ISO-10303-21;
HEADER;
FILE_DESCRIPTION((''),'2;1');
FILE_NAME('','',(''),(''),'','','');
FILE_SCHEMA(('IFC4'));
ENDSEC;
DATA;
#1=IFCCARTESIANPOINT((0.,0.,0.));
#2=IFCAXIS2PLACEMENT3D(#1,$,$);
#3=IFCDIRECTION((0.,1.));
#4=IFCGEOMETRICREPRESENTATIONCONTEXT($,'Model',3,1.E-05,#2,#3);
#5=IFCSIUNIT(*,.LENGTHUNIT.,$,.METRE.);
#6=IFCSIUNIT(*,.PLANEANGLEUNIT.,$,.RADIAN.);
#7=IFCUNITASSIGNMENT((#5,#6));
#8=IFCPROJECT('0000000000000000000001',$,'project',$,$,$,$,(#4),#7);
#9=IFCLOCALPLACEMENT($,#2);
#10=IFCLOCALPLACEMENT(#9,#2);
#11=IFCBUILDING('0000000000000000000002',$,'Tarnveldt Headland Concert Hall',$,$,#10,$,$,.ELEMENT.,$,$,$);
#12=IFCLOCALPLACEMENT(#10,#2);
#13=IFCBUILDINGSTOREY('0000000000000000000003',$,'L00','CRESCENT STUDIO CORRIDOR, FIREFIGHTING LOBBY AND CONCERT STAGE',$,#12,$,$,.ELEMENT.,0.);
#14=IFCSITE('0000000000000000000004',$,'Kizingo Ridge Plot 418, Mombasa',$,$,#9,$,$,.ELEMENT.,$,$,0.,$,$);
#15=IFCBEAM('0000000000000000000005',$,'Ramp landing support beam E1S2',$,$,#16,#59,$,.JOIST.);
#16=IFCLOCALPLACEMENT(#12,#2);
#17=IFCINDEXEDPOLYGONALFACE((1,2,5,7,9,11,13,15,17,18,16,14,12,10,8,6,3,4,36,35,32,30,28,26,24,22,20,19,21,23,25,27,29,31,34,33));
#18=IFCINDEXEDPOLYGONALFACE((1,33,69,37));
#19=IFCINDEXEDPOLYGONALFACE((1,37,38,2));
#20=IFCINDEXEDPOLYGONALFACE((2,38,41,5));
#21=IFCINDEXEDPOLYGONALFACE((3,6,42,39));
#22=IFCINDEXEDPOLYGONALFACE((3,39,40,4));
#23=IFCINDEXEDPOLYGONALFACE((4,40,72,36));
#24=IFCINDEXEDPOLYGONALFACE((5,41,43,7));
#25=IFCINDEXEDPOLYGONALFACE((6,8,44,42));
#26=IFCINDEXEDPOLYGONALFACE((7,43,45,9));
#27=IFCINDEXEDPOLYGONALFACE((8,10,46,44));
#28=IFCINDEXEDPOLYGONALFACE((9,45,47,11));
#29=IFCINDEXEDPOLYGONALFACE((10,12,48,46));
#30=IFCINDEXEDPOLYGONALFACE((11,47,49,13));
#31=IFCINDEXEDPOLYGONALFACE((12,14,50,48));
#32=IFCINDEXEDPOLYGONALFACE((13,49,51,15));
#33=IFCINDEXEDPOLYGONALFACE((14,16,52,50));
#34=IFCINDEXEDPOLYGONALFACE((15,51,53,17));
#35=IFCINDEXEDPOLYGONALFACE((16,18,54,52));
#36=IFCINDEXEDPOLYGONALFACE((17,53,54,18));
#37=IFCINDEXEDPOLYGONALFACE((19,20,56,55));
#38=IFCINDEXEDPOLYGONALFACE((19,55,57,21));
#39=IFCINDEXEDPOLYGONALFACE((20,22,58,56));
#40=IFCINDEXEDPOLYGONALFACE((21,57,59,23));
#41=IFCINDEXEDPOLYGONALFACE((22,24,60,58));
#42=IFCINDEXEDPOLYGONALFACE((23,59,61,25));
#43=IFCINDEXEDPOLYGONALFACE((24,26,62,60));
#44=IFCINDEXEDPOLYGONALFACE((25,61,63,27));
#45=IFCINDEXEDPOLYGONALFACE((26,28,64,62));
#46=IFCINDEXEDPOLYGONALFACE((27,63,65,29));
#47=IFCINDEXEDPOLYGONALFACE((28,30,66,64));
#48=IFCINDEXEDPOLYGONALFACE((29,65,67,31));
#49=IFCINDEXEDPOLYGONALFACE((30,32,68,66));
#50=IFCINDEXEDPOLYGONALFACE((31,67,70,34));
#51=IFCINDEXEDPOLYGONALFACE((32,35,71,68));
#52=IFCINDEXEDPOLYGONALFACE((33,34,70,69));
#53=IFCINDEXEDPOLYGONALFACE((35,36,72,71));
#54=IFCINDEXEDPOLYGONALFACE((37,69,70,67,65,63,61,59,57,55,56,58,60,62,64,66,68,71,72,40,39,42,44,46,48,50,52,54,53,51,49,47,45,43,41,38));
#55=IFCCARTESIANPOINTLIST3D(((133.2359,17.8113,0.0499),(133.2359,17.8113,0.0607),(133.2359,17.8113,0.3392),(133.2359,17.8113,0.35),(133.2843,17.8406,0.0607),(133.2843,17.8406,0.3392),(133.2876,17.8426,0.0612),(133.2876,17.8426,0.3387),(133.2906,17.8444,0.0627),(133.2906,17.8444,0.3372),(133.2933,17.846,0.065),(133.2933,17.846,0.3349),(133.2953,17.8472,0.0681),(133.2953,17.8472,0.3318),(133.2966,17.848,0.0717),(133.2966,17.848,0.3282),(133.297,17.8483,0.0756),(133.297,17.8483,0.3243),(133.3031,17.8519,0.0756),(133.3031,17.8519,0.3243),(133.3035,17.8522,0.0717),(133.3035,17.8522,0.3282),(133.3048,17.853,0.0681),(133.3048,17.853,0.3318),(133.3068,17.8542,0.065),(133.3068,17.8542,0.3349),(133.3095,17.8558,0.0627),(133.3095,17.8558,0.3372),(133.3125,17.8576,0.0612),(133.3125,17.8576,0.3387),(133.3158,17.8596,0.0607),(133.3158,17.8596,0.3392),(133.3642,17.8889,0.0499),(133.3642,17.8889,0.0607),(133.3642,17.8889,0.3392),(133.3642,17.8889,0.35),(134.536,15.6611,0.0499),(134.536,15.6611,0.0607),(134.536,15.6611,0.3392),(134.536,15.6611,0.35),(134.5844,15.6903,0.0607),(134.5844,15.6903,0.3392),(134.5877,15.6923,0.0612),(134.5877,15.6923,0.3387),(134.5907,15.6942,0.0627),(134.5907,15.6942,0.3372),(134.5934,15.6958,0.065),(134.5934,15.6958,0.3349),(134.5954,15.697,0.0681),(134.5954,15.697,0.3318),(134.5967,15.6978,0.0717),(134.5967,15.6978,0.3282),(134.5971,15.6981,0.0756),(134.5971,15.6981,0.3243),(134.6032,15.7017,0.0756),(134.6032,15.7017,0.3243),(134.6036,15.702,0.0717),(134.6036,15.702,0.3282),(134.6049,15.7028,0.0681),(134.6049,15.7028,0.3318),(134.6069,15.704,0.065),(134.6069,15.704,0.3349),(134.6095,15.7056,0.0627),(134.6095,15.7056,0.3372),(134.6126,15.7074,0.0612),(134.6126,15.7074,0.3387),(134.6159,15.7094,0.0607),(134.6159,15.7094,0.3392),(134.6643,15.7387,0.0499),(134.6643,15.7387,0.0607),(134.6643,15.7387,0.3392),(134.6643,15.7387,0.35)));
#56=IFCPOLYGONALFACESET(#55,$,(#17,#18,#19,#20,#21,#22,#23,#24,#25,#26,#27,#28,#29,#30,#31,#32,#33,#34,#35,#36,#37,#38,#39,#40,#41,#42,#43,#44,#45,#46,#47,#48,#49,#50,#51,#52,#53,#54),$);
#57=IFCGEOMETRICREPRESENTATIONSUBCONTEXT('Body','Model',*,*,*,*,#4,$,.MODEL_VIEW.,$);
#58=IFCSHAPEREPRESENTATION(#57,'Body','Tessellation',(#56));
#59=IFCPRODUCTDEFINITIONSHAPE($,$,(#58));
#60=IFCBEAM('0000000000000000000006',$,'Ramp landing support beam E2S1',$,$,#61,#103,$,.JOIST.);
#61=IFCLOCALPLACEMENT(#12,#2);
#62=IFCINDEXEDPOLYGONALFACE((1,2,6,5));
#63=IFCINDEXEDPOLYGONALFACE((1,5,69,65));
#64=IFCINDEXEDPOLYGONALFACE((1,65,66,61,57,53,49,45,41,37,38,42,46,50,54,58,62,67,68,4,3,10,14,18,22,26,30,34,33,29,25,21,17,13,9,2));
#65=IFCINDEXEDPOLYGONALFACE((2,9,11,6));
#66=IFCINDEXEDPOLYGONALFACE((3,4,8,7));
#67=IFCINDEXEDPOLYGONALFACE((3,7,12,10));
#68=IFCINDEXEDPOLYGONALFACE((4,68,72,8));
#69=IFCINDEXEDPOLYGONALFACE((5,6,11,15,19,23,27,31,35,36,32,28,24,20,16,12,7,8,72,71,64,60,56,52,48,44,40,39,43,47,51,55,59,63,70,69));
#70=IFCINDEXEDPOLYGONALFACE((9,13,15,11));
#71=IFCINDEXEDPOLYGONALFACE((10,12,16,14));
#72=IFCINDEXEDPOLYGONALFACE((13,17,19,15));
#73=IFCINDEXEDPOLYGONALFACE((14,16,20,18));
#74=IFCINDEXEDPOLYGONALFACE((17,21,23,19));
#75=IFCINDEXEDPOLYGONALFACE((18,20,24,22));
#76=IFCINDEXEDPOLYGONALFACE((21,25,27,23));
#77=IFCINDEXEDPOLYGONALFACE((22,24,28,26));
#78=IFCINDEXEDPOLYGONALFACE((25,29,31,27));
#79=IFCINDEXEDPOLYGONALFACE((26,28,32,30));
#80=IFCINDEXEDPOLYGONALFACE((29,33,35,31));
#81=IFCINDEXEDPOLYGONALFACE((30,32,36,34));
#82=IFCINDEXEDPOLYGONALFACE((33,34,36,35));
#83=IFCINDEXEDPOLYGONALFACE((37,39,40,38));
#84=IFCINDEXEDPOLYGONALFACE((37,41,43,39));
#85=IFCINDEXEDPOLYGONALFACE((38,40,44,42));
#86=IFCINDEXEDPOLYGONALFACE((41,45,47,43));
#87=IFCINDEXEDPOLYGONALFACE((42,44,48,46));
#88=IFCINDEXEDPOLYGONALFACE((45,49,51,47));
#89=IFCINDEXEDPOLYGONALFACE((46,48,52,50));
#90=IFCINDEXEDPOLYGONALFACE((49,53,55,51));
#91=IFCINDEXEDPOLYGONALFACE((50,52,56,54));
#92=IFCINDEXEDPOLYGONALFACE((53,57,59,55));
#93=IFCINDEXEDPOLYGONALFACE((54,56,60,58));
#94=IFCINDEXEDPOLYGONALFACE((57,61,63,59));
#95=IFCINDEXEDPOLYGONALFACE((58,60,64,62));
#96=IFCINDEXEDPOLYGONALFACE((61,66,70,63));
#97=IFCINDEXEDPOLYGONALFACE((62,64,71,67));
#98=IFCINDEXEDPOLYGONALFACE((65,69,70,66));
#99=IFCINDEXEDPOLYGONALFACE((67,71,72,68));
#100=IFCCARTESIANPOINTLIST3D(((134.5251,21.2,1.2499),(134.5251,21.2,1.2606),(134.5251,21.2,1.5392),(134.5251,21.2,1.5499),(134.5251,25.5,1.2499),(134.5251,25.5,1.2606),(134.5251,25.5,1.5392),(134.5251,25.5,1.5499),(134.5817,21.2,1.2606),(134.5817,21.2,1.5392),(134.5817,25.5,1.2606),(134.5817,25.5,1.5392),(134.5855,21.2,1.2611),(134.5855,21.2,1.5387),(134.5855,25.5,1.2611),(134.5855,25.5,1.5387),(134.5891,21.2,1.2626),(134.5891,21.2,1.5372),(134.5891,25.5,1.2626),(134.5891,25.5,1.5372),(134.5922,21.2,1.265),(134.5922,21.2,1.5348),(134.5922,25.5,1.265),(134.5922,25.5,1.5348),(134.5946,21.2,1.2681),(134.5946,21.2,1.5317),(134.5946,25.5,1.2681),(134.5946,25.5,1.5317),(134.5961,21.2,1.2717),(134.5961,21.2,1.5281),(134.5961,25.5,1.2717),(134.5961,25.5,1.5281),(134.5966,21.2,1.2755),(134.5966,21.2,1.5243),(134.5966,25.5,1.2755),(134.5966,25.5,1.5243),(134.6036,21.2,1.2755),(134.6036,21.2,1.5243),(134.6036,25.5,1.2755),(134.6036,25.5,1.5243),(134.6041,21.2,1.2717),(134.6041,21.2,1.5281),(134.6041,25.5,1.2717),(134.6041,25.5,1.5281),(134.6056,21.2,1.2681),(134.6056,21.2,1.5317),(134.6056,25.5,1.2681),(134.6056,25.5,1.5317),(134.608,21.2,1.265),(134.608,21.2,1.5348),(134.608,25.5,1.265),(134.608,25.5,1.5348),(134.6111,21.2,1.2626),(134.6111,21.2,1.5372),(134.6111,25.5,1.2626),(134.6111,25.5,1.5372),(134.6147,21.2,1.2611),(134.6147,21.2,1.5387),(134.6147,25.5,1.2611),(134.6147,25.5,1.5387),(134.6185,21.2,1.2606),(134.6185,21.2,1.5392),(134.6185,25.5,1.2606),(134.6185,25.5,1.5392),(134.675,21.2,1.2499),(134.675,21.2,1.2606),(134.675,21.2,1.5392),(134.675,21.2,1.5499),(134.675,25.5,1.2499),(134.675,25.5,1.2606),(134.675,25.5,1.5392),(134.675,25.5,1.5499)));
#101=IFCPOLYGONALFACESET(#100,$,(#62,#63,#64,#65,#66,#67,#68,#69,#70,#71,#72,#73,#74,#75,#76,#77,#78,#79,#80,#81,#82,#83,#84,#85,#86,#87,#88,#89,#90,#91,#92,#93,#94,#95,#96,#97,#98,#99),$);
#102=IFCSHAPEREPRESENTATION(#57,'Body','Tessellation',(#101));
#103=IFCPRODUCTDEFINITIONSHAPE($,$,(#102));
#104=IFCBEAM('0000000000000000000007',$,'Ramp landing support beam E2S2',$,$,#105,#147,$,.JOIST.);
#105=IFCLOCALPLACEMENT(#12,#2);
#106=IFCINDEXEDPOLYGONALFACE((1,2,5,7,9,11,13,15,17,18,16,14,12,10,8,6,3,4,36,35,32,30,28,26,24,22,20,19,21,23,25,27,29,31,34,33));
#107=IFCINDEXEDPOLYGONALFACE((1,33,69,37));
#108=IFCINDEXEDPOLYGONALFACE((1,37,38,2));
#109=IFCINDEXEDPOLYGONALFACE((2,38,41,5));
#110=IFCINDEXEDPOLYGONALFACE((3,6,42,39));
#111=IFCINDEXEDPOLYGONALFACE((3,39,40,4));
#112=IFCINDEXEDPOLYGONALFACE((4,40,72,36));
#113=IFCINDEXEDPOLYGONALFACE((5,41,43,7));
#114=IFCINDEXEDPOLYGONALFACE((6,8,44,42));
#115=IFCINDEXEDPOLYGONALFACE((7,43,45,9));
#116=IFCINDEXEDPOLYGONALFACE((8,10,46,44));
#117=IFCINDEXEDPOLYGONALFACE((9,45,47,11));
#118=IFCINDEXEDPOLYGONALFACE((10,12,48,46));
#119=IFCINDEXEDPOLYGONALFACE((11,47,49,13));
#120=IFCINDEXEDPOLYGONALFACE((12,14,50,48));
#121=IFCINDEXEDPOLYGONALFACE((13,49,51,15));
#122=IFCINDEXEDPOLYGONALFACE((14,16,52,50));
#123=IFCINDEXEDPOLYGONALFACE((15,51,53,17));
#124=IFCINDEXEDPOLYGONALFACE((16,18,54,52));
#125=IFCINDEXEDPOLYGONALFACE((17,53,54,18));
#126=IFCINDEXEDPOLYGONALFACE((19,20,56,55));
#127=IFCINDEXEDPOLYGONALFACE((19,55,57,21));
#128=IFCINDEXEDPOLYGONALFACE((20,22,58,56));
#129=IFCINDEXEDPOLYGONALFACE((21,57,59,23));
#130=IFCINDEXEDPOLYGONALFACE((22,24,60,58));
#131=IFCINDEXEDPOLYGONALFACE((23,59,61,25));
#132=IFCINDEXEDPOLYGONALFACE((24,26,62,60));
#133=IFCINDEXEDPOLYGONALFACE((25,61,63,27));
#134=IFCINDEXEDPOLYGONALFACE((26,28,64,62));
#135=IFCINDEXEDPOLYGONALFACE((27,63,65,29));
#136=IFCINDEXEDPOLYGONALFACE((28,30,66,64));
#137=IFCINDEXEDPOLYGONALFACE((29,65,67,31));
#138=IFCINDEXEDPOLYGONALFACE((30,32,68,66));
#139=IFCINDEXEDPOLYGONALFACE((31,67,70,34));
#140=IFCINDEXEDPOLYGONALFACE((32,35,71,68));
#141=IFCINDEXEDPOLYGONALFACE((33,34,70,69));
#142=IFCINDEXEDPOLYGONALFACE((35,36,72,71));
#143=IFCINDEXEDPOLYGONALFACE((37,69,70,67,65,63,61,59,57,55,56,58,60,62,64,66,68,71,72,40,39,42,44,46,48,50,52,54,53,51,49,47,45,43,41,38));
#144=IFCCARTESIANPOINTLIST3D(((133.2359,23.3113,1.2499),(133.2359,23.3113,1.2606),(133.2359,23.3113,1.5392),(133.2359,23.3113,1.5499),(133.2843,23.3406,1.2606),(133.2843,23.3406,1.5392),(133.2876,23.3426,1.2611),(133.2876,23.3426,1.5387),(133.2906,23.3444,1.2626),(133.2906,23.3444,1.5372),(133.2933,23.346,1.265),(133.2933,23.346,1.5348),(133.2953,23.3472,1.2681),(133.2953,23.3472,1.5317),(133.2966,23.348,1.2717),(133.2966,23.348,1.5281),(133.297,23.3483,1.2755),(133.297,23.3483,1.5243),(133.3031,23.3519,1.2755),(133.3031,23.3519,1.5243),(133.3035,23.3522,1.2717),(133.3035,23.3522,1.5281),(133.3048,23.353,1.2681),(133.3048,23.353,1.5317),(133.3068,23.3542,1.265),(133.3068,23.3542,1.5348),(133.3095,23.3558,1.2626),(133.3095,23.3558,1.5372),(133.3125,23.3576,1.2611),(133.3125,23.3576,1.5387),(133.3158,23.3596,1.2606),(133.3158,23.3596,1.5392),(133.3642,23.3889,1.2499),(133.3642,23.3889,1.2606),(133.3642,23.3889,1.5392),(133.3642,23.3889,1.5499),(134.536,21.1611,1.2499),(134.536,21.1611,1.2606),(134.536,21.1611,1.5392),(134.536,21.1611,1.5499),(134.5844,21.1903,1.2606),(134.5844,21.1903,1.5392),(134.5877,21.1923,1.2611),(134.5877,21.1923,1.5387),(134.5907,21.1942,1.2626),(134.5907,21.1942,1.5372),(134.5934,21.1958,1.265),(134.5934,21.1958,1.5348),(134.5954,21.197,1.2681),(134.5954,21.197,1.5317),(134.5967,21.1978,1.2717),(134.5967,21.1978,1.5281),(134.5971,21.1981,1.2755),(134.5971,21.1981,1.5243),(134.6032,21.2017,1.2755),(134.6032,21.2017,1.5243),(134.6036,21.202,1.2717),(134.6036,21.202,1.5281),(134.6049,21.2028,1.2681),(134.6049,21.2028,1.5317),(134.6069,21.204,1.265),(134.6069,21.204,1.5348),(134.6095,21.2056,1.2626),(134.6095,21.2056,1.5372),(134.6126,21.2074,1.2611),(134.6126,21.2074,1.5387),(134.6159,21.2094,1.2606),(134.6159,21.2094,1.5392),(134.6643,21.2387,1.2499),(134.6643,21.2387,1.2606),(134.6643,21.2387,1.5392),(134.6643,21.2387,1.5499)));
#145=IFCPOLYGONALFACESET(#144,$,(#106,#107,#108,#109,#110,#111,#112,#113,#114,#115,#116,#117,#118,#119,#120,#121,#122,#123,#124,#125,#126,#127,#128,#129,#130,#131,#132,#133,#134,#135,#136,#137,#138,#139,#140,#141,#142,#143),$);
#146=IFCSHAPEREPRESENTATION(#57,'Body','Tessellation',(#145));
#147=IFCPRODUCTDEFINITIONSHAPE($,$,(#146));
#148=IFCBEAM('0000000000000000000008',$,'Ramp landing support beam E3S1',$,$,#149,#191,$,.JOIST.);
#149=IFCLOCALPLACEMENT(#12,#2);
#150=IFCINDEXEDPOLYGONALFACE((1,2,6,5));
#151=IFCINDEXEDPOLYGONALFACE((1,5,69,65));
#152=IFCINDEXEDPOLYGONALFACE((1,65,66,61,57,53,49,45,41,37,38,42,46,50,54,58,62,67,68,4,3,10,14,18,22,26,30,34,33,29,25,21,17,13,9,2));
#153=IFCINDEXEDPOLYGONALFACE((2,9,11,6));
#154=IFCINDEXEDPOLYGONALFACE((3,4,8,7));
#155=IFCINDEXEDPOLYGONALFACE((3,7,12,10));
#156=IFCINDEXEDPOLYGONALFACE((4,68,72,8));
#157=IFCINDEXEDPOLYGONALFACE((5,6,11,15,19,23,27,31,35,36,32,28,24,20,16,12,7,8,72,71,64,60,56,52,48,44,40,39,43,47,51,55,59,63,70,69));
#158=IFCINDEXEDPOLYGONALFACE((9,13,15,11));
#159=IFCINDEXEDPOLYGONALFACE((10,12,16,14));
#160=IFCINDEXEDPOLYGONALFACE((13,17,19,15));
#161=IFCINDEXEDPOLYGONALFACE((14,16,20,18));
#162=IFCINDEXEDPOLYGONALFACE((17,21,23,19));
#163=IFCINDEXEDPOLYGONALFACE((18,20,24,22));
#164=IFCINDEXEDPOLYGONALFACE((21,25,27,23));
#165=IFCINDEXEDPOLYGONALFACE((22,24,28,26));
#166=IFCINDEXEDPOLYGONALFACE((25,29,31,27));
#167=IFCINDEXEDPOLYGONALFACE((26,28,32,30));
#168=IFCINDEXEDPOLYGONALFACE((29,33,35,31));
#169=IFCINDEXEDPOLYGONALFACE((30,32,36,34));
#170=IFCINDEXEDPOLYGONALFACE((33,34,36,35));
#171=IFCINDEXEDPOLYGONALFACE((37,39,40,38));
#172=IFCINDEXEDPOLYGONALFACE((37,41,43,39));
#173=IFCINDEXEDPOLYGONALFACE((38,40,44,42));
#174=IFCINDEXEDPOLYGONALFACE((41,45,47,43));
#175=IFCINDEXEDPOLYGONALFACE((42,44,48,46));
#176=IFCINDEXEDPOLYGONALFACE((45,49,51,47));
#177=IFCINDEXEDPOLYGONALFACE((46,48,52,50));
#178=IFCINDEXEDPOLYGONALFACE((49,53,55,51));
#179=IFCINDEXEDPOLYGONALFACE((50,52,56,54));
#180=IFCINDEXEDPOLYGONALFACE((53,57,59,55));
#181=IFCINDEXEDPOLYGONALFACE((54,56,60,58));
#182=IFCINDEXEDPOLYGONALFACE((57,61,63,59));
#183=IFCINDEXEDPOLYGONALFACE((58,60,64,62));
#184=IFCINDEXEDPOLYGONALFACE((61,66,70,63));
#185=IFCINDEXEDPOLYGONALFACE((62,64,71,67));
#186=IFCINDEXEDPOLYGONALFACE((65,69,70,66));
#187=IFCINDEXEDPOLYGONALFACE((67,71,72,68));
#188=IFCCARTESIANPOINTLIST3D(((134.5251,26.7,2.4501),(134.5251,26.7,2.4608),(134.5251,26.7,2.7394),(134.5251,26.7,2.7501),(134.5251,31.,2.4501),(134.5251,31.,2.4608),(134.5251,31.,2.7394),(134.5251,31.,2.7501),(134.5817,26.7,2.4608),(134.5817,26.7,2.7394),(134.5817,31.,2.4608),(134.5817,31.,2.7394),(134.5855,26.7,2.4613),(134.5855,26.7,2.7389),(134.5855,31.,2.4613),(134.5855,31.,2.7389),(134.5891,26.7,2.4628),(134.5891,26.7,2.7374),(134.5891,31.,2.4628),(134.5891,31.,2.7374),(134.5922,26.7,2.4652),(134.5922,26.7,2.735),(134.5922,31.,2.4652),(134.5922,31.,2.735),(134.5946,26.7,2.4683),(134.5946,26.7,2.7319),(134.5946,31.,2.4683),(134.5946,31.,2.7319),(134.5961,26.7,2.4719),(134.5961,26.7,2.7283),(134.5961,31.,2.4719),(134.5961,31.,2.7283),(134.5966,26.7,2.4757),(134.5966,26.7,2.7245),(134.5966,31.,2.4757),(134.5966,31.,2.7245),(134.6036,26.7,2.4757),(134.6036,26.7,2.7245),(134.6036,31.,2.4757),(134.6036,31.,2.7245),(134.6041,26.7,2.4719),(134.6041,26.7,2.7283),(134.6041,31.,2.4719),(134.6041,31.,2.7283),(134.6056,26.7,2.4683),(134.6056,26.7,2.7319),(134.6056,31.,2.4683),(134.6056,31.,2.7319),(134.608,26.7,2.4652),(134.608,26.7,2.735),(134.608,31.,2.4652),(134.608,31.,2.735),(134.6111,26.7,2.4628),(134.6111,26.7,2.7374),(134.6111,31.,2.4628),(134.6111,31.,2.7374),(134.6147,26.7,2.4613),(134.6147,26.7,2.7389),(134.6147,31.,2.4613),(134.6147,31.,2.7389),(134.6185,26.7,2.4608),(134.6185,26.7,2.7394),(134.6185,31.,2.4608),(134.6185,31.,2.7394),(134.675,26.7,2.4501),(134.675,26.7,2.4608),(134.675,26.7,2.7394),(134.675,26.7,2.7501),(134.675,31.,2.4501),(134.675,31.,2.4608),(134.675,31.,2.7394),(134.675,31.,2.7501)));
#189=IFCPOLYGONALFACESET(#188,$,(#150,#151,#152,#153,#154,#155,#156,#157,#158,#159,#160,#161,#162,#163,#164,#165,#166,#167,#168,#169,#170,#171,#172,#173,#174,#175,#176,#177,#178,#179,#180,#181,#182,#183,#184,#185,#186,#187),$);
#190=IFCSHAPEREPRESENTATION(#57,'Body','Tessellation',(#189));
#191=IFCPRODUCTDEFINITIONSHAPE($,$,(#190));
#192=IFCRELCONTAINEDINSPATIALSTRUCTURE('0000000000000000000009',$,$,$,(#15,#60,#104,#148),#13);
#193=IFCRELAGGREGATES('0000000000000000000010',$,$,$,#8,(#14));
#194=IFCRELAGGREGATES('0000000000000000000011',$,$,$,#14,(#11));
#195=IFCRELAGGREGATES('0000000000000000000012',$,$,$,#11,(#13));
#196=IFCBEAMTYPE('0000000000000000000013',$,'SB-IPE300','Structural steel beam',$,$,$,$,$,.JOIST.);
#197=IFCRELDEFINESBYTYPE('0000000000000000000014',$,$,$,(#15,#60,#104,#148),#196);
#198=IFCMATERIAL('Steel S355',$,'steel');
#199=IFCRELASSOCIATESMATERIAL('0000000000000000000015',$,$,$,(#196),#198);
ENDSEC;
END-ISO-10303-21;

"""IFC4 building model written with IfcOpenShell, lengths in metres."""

from ifc_helpers import new_model, si_unit, direction, frame, origin, origin_2d, place, context, subcontext, project, spatial, i_section, extrude, material, material_profile, profile_set, type_object, element, save


model = new_model("IFC4")

# Units and contexts
model_context = context("Model", 3, precision=1e-05, world=origin(), true_north=direction((0.0, 1.0)))
body_context = subcontext(model_context, "Body", "Model", "MODEL_VIEW")
ifc_project = project(units=[si_unit("LENGTHUNIT", "METRE"), si_unit("PLANEANGLEUNIT", "RADIAN")], contexts=[model_context])

# Site, building, storey
site_placement = place(None, origin())
site = spatial("IfcSite", under=ifc_project, at=site_placement, Name="Kizingo Ridge Plot 418, Mombasa", CompositionType="ELEMENT", RefElevation=0.0)
building_placement = place(site_placement, origin())
building = spatial("IfcBuilding", under=site, at=building_placement, Name="Tarnveldt Headland Concert Hall", CompositionType="ELEMENT")
storey_placement = place(building_placement, origin())
storey = spatial("IfcBuildingStorey", under=building, at=storey_placement, Name="L00", Description="CRESCENT STUDIO CORRIDOR, FIREFIGHTING LOBBY AND CONCERT STAGE", CompositionType="ELEMENT", Elevation=0.0)

# Shared definitions
ifc_material_1 = material(Name="Steel S355", Category="steel")

# Beams
ifc_material_profile_1 = material_profile(ifc_material_1, i_section(OverallWidth=0.1499, OverallDepth=0.3, WebThickness=0.0071, FlangeThickness=0.0107, FilletRadius=0.0149, at=origin_2d()), Name="IPE300", Category="steel")
ifc_profile_set_1 = profile_set([ifc_material_profile_1], Name="Steel S355")
beam_type_1 = type_object("IfcBeamType", Name="SB-IPE300", Description="Structural steel beam", PredefinedType="JOIST", material=ifc_profile_set_1)
beam_1_placement = place(storey_placement, frame((133.3, 17.8501, 0.2), z_axis=(0.517408, -0.855739, 0.0), x_axis=(0.855739, 0.517408, 0.0)))
element("IfcBeam", 1, at=beam_1_placement, inside=storey, type_object=beam_type_1, Name="Ramp landing support beam E1S2", PredefinedType="JOIST", context=body_context, shape_type="SweptSolid", body=[
    extrude(i_section(OverallWidth=0.1499, OverallDepth=0.3, WebThickness=0.0071, FlangeThickness=0.0107, FilletRadius=0.0149, at=origin_2d()), origin(), (0.0, 0.0, 1.0), 2.5127),
])
beam_2_placement = place(storey_placement, frame((134.6001, 21.2, 1.3999), z_axis=(0.0, 1.0, 0.0), x_axis=(-1.0, 0.0, 0.0)))
element("IfcBeam", 2, at=beam_2_placement, inside=storey, type_object=beam_type_1, Name="Ramp landing support beam E2S1", PredefinedType="JOIST", context=body_context, shape_type="SweptSolid", body=[
    extrude(i_section(OverallWidth=0.1499, OverallDepth=0.3, WebThickness=0.0071, FlangeThickness=0.0107, FilletRadius=0.0149, at=origin_2d()), origin(), (0.0, 0.0, 1.0), 4.3),
])
beam_3_placement = place(storey_placement, frame((133.3, 23.3501, 1.3999), z_axis=(0.517408, -0.855739, 0.0), x_axis=(0.855739, 0.517408, 0.0)))
element("IfcBeam", 3, at=beam_3_placement, inside=storey, type_object=beam_type_1, Name="Ramp landing support beam E2S2", PredefinedType="JOIST", context=body_context, shape_type="SweptSolid", body=[
    extrude(i_section(OverallWidth=0.1499, OverallDepth=0.3, WebThickness=0.0071, FlangeThickness=0.0107, FilletRadius=0.0149, at=origin_2d()), origin(), (0.0, 0.0, 1.0), 2.5127),
])
beam_4_placement = place(storey_placement, frame((134.6001, 26.7, 2.6001), z_axis=(0.0, 1.0, 0.0), x_axis=(-1.0, 0.0, 0.0)))
element("IfcBeam", 4, at=beam_4_placement, inside=storey, type_object=beam_type_1, Name="Ramp landing support beam E3S1", PredefinedType="JOIST", context=body_context, shape_type="SweptSolid", body=[
    extrude(i_section(OverallWidth=0.1499, OverallDepth=0.3, WebThickness=0.0071, FlangeThickness=0.0107, FilletRadius=0.0149, at=origin_2d()), origin(), (0.0, 0.0, 1.0), 4.3),
])

save(model, "model.ifc")
